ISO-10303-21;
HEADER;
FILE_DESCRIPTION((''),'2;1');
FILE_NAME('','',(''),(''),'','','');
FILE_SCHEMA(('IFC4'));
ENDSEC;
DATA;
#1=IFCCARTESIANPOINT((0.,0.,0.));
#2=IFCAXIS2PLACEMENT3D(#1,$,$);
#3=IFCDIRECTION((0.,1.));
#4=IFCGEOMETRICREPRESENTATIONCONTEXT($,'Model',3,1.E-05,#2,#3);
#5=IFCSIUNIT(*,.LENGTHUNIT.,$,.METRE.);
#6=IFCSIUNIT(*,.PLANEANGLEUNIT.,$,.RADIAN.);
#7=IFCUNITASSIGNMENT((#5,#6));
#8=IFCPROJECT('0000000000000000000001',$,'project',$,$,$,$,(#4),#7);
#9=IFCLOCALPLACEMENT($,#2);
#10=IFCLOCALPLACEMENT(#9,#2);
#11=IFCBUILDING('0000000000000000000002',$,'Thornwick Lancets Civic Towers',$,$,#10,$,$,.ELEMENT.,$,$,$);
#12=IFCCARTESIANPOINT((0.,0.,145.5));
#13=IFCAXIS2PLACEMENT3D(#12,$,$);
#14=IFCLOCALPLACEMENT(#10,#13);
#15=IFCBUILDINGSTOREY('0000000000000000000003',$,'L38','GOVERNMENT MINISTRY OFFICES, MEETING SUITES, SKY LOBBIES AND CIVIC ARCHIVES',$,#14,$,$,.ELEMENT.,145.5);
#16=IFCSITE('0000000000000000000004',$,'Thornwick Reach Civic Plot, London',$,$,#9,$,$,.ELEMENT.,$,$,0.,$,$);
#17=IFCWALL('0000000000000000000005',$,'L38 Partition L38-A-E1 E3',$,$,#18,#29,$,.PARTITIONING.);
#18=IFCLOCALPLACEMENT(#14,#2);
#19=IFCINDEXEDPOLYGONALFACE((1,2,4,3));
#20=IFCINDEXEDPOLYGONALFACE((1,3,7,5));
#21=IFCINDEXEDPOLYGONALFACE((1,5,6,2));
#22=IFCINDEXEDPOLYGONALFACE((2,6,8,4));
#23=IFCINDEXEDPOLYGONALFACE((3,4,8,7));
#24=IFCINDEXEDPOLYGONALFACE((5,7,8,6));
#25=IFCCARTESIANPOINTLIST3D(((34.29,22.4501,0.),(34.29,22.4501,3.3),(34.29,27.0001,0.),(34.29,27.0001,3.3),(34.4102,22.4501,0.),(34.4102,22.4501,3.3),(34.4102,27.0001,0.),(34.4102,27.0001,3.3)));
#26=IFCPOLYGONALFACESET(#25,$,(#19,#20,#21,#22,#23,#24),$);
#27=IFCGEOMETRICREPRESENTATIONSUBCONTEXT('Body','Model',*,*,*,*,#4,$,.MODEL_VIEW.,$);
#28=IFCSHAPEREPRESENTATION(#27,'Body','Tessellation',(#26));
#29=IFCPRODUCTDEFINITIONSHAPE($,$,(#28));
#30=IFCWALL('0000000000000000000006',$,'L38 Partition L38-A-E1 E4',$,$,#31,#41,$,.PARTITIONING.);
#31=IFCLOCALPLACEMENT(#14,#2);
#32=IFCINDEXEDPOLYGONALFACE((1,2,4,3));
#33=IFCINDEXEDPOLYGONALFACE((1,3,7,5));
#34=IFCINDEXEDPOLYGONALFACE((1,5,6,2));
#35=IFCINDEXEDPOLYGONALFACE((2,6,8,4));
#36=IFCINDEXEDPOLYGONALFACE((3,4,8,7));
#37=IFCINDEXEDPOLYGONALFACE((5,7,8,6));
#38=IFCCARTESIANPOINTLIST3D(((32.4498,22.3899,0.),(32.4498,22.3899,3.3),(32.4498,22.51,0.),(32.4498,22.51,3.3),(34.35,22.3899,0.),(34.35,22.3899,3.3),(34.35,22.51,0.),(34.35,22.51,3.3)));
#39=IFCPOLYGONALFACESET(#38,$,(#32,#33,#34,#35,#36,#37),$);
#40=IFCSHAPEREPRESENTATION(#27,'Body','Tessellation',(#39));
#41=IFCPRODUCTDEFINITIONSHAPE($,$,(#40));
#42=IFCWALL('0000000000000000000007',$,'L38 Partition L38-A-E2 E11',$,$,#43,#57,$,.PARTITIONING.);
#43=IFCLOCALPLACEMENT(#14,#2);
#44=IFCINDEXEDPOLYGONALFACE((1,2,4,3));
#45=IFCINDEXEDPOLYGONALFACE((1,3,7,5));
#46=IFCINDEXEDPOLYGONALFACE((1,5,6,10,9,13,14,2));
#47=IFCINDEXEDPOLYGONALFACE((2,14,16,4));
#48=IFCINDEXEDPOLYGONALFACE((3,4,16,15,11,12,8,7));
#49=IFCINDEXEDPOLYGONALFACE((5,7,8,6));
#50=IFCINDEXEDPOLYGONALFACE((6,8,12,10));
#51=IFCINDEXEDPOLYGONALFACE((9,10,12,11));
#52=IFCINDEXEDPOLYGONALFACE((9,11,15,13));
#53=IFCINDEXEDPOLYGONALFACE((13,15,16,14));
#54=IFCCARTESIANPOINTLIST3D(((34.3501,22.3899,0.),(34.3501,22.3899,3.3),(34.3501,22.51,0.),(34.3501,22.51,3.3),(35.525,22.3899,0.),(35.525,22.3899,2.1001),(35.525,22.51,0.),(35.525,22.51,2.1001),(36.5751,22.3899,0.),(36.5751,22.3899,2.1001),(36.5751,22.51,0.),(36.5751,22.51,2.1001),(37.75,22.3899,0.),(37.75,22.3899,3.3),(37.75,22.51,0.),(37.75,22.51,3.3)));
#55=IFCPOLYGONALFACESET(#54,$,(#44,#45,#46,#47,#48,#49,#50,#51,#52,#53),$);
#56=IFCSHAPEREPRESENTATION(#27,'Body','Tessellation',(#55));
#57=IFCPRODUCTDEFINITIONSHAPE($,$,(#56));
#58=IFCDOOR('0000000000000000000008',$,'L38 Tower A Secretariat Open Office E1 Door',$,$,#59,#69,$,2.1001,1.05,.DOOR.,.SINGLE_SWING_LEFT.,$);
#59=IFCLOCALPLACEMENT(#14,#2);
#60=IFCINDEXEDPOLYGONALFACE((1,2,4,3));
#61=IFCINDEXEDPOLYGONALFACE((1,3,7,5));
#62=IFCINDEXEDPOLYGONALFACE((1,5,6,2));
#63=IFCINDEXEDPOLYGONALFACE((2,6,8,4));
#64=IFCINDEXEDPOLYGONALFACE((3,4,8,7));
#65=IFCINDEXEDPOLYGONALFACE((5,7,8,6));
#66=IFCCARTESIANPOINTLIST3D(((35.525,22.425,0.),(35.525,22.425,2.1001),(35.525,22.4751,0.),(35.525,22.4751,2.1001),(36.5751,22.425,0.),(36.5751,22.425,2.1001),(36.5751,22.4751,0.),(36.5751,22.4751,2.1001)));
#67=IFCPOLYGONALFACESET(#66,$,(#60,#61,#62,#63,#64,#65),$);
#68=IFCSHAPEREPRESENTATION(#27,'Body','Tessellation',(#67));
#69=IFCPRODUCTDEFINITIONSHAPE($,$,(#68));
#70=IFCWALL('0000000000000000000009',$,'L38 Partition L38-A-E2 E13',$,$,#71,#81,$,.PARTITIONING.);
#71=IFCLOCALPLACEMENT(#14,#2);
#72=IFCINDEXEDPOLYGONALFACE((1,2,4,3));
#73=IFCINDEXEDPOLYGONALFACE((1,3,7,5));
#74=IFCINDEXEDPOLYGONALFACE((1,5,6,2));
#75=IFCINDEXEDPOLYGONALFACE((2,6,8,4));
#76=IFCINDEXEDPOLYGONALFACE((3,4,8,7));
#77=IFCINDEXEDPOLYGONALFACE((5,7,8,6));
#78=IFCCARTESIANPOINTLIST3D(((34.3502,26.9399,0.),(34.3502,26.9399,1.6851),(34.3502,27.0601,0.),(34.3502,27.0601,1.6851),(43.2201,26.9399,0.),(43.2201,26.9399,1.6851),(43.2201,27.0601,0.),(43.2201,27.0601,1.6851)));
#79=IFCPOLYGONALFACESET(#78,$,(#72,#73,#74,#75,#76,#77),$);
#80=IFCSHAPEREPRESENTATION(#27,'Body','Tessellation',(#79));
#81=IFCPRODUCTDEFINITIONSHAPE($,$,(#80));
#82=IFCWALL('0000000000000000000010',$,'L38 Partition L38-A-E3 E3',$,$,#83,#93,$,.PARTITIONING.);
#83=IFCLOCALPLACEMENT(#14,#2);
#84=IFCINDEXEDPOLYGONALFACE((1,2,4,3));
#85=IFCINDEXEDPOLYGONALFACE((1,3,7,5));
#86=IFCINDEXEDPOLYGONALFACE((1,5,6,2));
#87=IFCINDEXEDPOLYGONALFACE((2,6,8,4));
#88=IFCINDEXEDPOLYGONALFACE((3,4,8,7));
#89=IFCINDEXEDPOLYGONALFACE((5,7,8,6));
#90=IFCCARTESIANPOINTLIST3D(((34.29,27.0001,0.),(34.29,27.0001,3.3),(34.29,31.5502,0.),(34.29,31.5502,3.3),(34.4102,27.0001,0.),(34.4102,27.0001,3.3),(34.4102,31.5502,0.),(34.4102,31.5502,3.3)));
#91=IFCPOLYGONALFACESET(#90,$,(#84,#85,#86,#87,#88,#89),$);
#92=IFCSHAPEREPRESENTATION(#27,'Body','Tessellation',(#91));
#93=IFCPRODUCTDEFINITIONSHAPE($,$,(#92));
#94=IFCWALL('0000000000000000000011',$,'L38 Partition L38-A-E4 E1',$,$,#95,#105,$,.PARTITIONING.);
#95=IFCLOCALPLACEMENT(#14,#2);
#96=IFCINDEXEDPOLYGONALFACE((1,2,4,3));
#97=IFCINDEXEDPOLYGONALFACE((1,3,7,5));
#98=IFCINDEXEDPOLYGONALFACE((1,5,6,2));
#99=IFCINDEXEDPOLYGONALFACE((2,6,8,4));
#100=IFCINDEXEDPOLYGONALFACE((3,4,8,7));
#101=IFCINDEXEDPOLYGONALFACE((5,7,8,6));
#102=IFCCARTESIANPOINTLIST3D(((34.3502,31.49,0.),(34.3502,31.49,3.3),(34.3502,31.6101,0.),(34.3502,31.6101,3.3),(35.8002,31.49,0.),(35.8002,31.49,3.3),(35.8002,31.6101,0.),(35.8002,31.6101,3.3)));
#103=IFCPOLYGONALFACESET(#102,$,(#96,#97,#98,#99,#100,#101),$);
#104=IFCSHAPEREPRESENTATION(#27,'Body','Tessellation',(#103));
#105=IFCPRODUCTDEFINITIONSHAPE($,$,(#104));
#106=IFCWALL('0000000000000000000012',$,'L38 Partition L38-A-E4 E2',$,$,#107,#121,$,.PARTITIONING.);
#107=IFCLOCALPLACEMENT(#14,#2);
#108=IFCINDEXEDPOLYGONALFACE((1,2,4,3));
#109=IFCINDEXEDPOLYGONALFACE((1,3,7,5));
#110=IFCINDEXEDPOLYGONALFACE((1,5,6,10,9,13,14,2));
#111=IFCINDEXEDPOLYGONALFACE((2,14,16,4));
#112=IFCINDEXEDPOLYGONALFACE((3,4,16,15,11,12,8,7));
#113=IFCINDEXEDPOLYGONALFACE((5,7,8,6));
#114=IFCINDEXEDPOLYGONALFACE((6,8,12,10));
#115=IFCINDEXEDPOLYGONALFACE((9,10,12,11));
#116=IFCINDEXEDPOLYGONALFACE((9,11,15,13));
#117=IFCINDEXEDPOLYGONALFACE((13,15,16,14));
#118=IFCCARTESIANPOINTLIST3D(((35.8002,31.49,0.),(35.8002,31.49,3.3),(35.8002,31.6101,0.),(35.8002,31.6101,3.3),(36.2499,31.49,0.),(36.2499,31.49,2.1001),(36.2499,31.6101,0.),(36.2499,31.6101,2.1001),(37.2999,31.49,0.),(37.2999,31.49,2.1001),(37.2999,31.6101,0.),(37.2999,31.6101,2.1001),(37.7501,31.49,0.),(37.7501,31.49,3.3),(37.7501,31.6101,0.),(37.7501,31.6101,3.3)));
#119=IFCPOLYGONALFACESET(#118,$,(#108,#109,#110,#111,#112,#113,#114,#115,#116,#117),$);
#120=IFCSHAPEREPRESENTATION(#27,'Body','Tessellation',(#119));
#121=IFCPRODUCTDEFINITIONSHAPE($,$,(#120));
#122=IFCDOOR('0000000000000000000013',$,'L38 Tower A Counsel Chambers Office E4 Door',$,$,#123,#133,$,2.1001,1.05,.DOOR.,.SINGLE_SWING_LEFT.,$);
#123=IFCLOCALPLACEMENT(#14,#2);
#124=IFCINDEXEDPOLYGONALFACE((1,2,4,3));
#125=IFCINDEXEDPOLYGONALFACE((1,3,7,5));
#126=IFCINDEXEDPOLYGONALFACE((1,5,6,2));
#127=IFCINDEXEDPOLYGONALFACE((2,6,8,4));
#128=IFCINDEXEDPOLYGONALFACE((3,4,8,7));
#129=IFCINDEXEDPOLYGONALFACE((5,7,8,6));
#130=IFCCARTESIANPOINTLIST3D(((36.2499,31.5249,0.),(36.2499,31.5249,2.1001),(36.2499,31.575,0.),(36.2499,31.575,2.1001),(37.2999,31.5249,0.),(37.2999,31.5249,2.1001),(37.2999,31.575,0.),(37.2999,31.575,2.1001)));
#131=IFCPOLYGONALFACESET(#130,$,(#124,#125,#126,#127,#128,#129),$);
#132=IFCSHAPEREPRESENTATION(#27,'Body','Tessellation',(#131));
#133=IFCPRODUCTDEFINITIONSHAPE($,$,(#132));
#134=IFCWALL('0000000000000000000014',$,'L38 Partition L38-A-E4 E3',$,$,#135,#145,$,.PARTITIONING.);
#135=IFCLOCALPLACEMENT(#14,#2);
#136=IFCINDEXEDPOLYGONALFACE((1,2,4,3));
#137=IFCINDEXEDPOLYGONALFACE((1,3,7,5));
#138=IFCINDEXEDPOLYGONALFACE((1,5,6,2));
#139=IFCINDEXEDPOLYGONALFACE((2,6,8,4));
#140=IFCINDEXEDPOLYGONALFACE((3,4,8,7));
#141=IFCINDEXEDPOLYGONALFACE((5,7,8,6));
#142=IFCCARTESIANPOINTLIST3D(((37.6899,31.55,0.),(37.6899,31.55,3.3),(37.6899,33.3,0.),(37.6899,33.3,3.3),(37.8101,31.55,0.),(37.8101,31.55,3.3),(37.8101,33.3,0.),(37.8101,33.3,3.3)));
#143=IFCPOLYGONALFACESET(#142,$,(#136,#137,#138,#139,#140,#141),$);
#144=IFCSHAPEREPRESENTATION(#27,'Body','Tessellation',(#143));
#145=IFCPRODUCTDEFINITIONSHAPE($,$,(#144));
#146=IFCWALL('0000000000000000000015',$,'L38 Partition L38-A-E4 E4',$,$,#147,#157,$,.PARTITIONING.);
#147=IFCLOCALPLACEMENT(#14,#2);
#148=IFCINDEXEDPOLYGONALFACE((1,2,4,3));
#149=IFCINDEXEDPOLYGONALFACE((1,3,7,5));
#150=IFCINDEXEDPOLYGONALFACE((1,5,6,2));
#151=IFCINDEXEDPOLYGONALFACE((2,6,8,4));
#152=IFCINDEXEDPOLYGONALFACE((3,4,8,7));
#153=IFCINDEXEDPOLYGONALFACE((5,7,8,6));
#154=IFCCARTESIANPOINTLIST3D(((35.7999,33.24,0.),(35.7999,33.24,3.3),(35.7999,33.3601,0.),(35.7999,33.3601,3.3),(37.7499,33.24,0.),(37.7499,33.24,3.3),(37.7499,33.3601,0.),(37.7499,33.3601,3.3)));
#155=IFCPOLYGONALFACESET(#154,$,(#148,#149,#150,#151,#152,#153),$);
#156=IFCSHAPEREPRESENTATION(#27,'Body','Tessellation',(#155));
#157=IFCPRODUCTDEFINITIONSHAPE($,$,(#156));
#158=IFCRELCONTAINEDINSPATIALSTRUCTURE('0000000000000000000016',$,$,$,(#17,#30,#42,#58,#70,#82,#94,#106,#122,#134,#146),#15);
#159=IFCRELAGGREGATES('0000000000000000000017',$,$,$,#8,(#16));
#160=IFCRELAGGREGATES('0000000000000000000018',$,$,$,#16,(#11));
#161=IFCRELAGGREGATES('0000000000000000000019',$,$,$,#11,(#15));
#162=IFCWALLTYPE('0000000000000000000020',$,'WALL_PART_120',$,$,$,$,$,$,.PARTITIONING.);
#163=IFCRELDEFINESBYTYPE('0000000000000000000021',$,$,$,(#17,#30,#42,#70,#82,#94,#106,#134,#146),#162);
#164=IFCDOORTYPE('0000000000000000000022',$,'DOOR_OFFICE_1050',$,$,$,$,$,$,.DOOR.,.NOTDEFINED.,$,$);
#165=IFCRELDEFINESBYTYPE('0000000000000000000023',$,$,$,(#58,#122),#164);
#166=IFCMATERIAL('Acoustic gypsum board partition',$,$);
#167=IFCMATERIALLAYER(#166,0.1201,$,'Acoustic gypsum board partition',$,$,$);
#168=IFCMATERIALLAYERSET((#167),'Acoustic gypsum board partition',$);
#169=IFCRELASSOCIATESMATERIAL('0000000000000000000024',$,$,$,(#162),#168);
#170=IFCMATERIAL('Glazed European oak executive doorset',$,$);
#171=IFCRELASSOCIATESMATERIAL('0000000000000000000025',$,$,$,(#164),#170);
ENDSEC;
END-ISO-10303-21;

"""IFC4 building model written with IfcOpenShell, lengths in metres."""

from ifc_helpers import new_model, si_unit, direction, frame, frame_2d, origin, place, context, subcontext, project, spatial, rectangle, extrude, material, layer, layer_set, type_object, element, fill, save


model = new_model("IFC4")

# Units and contexts
model_context = context("Model", 3, precision=1e-05, world=origin(), true_north=direction((0.0, 1.0)))
body_context = subcontext(model_context, "Body", "Model", "MODEL_VIEW")
ifc_project = project(units=[si_unit("LENGTHUNIT", "METRE"), si_unit("PLANEANGLEUNIT", "RADIAN")], contexts=[model_context])

# Site, building, storey
site_placement = place(None, origin())
site = spatial("IfcSite", under=ifc_project, at=site_placement, Name="Thornwick Reach Civic Plot, London", CompositionType="ELEMENT", RefElevation=0.0)
building_placement = place(site_placement, origin())
building = spatial("IfcBuilding", under=site, at=building_placement, Name="Thornwick Lancets Civic Towers", CompositionType="ELEMENT")
storey_placement = place(building_placement, frame((0.0, 0.0, 145.5)))
storey = spatial("IfcBuildingStorey", under=building, at=storey_placement, Name="L38", Description="GOVERNMENT MINISTRY OFFICES, MEETING SUITES, SKY LOBBIES AND CIVIC ARCHIVES", CompositionType="ELEMENT", Elevation=145.5)

# Walls
ifc_material_1 = material(Name="Acoustic gypsum board partition")
ifc_layer_1 = layer(ifc_material_1, 0.1201, Name="Acoustic gypsum board partition")
ifc_layer_set_1 = layer_set([ifc_layer_1], Name="Acoustic gypsum board partition")
wall_type_1 = type_object("IfcWallType", Name="WALL_PART_120", PredefinedType="PARTITIONING", material=ifc_layer_set_1)
wall_1_placement = place(storey_placement, frame((34.3501, 27.0, 0.0), z_axis=(0.0, 0.0, 1.0), x_axis=(0.0, -1.0, 0.0)))
element("IfcWall", 1, at=wall_1_placement, inside=storey, type_object=wall_type_1, Name="L38 Partition L38-A-E1 E3", PredefinedType="PARTITIONING", context=body_context, shape_type="SweptSolid", body=[
    extrude(rectangle(XDim=4.55, YDim=0.1201, at=frame_2d((2.2749, 0.0))), origin(), (0.0, 0.0, 1.0), 3.3),
])
wall_2_placement = place(storey_placement, frame((34.3501, 22.45, 0.0), z_axis=(0.0, 0.0, 1.0), x_axis=(-1.0, 0.0, 0.0)))
element("IfcWall", 2, at=wall_2_placement, inside=storey, type_object=wall_type_1, Name="L38 Partition L38-A-E1 E4", PredefinedType="PARTITIONING", context=body_context, shape_type="SweptSolid", body=[
    extrude(rectangle(XDim=1.9001, YDim=0.1201, at=frame_2d((0.9502, 0.0))), origin(), (0.0, 0.0, 1.0), 3.3),
])

# Wall, opening, door
wall_3_placement = place(storey_placement, frame((37.75, 22.45, 0.0), z_axis=(0.0, 0.0, 1.0), x_axis=(-1.0, 0.0, 0.0)))
wall_3 = element("IfcWall", 3, at=wall_3_placement, inside=storey, type_object=wall_type_1, Name="L38 Partition L38-A-E2 E11", PredefinedType="PARTITIONING", context=body_context, shape_type="SweptSolid", body=[
    extrude(rectangle(XDim=3.3999, YDim=0.1201, at=frame_2d((1.7, 0.0))), origin(), (0.0, 0.0, 1.0), 3.3),
])
opening_1_placement = place(wall_3_placement, frame((1.175, 0.0, 0.0)))
opening_1 = element("IfcOpeningElement", 4, at=opening_1_placement, cuts=wall_3, PredefinedType="OPENING", context=body_context, shape_type="SweptSolid", body=[
    extrude(rectangle(XDim=1.05, YDim=2.1001, at=frame_2d((0.5249, 1.05))), frame((0.0, 0.0701, 0.0), z_axis=(0.0, -1.0, 0.0), x_axis=(1.0, 0.0, 0.0)), (0.0, 0.0, 1.0), 0.1401),
])
ifc_material_2 = material(Name="Glazed European oak executive doorset")
door_type_1 = type_object("IfcDoorType", Name="DOOR_OFFICE_1050", OperationType="NOTDEFINED", PredefinedType="DOOR", material=ifc_material_2)
door_1_placement = place(opening_1_placement, origin())
door_1 = element("IfcDoor", 5, at=door_1_placement, inside=storey, type_object=door_type_1, Name="L38 Tower A Secretariat Open Office E1 Door", OperationType="SINGLE_SWING_LEFT", OverallHeight=2.1001, OverallWidth=1.05, PredefinedType="DOOR", context=body_context, shape_type="SweptSolid", body=[
    extrude(rectangle(XDim=1.05, YDim=2.1001, at=frame_2d((0.5249, 1.05))), frame((0.0, 0.0249, 0.0), z_axis=(0.0, -1.0, 0.0), x_axis=(1.0, 0.0, 0.0)), (0.0, 0.0, 1.0), 0.05),
])
fill(opening_1, door_1)

# Walls
wall_4_placement = place(storey_placement, frame((34.3501, 27.0, 0.0), z_axis=(0.0, 0.0, 1.0), x_axis=(1.0, 0.0, 0.0)))
element("IfcWall", 6, at=wall_4_placement, inside=storey, type_object=wall_type_1, Name="L38 Partition L38-A-E2 E13", PredefinedType="PARTITIONING", context=body_context, shape_type="SweptSolid", body=[
    extrude(rectangle(XDim=8.8699, YDim=0.1201, at=frame_2d((4.4351, 0.0))), origin(), (0.0, 0.0, 1.0), 1.6851),
])
wall_5_placement = place(storey_placement, frame((34.3501, 31.55, 0.0), z_axis=(0.0, 0.0, 1.0), x_axis=(0.0, -1.0, 0.0)))
element("IfcWall", 7, at=wall_5_placement, inside=storey, type_object=wall_type_1, Name="L38 Partition L38-A-E3 E3", PredefinedType="PARTITIONING", context=body_context, shape_type="SweptSolid", body=[
    extrude(rectangle(XDim=4.55, YDim=0.1201, at=frame_2d((2.2749, 0.0))), origin(), (0.0, 0.0, 1.0), 3.3),
])
wall_6_placement = place(storey_placement, frame((34.3501, 31.55, 0.0), z_axis=(0.0, 0.0, 1.0), x_axis=(1.0, 0.0, 0.0)))
element("IfcWall", 8, at=wall_6_placement, inside=storey, type_object=wall_type_1, Name="L38 Partition L38-A-E4 E1", PredefinedType="PARTITIONING", context=body_context, shape_type="SweptSolid", body=[
    extrude(rectangle(XDim=1.45, YDim=0.1201, at=frame_2d((0.7251, 0.0))), origin(), (0.0, 0.0, 1.0), 3.3),
])

# Wall, opening, door
wall_7_placement = place(storey_placement, frame((35.8, 31.55, 0.0), z_axis=(0.0, 0.0, 1.0), x_axis=(1.0, 0.0, 0.0)))
wall_7 = element("IfcWall", 9, at=wall_7_placement, inside=storey, type_object=wall_type_1, Name="L38 Partition L38-A-E4 E2", PredefinedType="PARTITIONING", context=body_context, shape_type="SweptSolid", body=[
    extrude(rectangle(XDim=1.95, YDim=0.1201, at=frame_2d((0.9751, 0.0))), origin(), (0.0, 0.0, 1.0), 3.3),
])
opening_2_placement = place(wall_7_placement, frame((0.45, 0.0, 0.0)))
opening_2 = element("IfcOpeningElement", 10, at=opening_2_placement, cuts=wall_7, PredefinedType="OPENING", context=body_context, shape_type="SweptSolid", body=[
    extrude(rectangle(XDim=1.05, YDim=2.1001, at=frame_2d((0.5249, 1.05))), frame((0.0, 0.0701, 0.0), z_axis=(0.0, -1.0, 0.0), x_axis=(1.0, 0.0, 0.0)), (0.0, 0.0, 1.0), 0.1401),
])
door_2_placement = place(opening_2_placement, origin())
door_2 = element("IfcDoor", 11, at=door_2_placement, inside=storey, type_object=door_type_1, Name="L38 Tower A Counsel Chambers Office E4 Door", OperationType="SINGLE_SWING_LEFT", OverallHeight=2.1001, OverallWidth=1.05, PredefinedType="DOOR", context=body_context, shape_type="SweptSolid", body=[
    extrude(rectangle(XDim=1.05, YDim=2.1001, at=frame_2d((0.5249, 1.05))), frame((0.0, 0.0249, 0.0), z_axis=(0.0, -1.0, 0.0), x_axis=(1.0, 0.0, 0.0)), (0.0, 0.0, 1.0), 0.05),
])
fill(opening_2, door_2)

# Walls
wall_8_placement = place(storey_placement, frame((37.75, 31.55, 0.0), z_axis=(0.0, 0.0, 1.0), x_axis=(0.0, 1.0, 0.0)))
element("IfcWall", 12, at=wall_8_placement, inside=storey, type_object=wall_type_1, Name="L38 Partition L38-A-E4 E3", PredefinedType="PARTITIONING", context=body_context, shape_type="SweptSolid", body=[
    extrude(rectangle(XDim=1.75, YDim=0.1201, at=frame_2d((0.875, 0.0))), origin(), (0.0, 0.0, 1.0), 3.3),
])
wall_9_placement = place(storey_placement, frame((37.75, 33.3, 0.0), z_axis=(0.0, 0.0, 1.0), x_axis=(-1.0, 0.0, 0.0)))
element("IfcWall", 13, at=wall_9_placement, inside=storey, type_object=wall_type_1, Name="L38 Partition L38-A-E4 E4", PredefinedType="PARTITIONING", context=body_context, shape_type="SweptSolid", body=[
    extrude(rectangle(XDim=1.95, YDim=0.1201, at=frame_2d((0.9751, 0.0))), origin(), (0.0, 0.0, 1.0), 3.3),
])

save(model, "model.ifc")
